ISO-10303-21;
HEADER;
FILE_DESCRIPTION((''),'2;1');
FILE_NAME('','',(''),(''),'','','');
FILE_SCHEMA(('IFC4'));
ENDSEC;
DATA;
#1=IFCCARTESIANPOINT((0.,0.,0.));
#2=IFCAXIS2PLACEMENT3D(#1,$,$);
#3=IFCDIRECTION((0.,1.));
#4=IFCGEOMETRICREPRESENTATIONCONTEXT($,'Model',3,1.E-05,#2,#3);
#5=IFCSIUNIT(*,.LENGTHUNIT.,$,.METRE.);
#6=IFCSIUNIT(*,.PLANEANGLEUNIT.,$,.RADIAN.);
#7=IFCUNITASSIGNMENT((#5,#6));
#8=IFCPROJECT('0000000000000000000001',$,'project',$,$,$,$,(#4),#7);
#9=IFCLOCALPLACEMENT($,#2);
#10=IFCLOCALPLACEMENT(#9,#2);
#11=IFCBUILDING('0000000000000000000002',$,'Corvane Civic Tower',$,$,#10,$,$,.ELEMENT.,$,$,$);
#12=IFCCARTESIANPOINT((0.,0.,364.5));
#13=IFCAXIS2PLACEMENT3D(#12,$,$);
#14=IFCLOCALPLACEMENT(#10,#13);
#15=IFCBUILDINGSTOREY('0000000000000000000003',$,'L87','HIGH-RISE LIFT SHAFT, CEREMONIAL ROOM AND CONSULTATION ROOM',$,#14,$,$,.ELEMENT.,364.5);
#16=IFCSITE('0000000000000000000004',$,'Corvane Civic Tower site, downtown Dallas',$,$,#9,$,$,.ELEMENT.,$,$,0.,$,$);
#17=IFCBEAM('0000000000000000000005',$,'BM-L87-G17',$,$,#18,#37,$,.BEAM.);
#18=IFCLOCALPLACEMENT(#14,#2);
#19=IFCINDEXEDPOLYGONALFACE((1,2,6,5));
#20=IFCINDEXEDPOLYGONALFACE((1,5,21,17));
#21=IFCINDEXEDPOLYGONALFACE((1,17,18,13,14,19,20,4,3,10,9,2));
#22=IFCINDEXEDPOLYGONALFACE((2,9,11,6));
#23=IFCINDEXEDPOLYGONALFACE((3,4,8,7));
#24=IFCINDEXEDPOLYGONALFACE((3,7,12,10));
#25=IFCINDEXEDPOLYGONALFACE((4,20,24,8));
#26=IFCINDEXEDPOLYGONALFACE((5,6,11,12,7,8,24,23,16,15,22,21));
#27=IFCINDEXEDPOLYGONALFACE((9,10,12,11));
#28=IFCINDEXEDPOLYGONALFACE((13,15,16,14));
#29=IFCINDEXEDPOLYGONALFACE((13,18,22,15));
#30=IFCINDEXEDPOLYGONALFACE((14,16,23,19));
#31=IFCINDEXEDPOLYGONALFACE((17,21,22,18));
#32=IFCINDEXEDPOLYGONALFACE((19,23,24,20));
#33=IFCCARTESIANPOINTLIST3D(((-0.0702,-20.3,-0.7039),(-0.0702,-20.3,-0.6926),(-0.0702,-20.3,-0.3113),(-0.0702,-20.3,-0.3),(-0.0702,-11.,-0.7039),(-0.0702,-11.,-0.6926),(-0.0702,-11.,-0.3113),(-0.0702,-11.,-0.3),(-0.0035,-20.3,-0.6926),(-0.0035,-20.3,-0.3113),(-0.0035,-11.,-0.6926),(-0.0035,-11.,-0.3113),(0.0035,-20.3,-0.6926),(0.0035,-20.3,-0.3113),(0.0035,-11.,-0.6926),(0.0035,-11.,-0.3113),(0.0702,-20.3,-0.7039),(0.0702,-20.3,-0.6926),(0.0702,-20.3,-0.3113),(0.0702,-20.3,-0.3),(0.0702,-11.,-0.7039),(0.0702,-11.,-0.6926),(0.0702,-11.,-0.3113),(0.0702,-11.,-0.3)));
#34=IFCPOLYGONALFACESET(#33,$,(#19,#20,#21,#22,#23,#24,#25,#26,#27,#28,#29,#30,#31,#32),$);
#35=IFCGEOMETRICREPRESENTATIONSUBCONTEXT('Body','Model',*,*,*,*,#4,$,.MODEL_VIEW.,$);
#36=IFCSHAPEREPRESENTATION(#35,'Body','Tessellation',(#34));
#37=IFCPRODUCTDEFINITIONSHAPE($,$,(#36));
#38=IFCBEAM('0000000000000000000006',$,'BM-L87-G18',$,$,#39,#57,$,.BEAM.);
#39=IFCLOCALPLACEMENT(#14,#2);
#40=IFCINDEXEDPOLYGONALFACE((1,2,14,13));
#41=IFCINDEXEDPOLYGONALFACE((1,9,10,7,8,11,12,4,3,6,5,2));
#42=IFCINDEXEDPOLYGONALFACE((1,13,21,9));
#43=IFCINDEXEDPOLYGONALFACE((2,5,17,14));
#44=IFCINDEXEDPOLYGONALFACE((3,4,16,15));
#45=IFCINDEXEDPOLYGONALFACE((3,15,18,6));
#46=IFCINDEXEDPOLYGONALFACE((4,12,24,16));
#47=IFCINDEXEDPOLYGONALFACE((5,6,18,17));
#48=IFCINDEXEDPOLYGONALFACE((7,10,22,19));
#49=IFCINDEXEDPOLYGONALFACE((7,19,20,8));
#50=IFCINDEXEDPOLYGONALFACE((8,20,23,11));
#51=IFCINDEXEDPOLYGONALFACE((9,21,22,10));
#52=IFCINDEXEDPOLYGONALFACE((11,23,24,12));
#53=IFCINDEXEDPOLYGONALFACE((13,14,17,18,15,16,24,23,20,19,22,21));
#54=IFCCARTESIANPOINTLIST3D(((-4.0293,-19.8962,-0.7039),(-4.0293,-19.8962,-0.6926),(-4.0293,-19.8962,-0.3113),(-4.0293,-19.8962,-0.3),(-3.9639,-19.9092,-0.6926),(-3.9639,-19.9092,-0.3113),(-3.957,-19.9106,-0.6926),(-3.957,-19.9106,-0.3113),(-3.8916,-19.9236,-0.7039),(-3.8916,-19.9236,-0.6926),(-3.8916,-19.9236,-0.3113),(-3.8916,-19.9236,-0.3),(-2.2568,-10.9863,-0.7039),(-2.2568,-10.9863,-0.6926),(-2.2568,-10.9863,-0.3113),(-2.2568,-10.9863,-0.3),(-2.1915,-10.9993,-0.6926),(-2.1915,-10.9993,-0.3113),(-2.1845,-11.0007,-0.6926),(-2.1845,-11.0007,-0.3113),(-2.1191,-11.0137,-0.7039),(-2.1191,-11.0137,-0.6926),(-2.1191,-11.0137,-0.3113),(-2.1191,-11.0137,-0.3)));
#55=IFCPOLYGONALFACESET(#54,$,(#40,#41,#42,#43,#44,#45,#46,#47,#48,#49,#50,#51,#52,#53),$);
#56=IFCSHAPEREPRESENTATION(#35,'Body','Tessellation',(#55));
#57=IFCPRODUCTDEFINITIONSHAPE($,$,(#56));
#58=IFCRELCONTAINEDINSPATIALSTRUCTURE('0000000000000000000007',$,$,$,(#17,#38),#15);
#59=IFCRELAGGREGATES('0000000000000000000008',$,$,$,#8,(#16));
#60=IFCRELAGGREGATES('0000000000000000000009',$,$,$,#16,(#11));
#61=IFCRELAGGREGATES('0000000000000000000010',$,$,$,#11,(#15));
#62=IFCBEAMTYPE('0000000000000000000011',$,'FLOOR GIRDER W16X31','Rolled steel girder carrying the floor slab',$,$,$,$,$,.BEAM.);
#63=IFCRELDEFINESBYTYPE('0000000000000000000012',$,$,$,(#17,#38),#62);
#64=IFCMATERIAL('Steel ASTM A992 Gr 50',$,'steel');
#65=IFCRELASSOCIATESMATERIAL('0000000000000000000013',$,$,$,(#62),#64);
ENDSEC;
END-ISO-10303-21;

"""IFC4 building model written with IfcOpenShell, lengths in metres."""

from ifc_helpers import new_model, si_unit, direction, frame, origin, origin_2d, place, context, subcontext, project, spatial, i_section, extrude, material, material_profile, profile_set, type_object, element, save


model = new_model("IFC4")

# Units and contexts
model_context = context("Model", 3, precision=1e-05, world=origin(), true_north=direction((0.0, 1.0)))
body_context = subcontext(model_context, "Body", "Model", "MODEL_VIEW")
ifc_project = project(units=[si_unit("LENGTHUNIT", "METRE"), si_unit("PLANEANGLEUNIT", "RADIAN")], contexts=[model_context])

# Site, building, storey
site_placement = place(None, origin())
site = spatial("IfcSite", under=ifc_project, at=site_placement, Name="Corvane Civic Tower site, downtown Dallas", CompositionType="ELEMENT", RefElevation=0.0)
building_placement = place(site_placement, origin())
building = spatial("IfcBuilding", under=site, at=building_placement, Name="Corvane Civic Tower", CompositionType="ELEMENT")
storey_placement = place(building_placement, frame((0.0, 0.0, 364.5)))
storey = spatial("IfcBuildingStorey", under=building, at=storey_placement, Name="L87", Description="HIGH-RISE LIFT SHAFT, CEREMONIAL ROOM AND CONSULTATION ROOM", CompositionType="ELEMENT", Elevation=364.5)

# Beams
ifc_material_1 = material(Name="Steel ASTM A992 Gr 50", Category="steel")
ifc_material_profile = material_profile(ifc_material_1, i_section(OverallWidth=0.1404, OverallDepth=0.4038, WebThickness=0.0071, FlangeThickness=0.0112, at=origin_2d()), Name="W16X31")
ifc_profile_set = profile_set([ifc_material_profile], Name="Steel ASTM A992 Gr 50")
beam_type = type_object("IfcBeamType", Name="FLOOR GIRDER W16X31", Description="Rolled steel girder carrying the floor slab", PredefinedType="BEAM", material=ifc_profile_set)
beam_1_placement = place(storey_placement, frame((0.0, -11.0, -0.502), z_axis=(0.0, -1.0, 0.0), x_axis=(1.0, 0.0, 0.0)))
element("IfcBeam", 1, at=beam_1_placement, inside=storey, type_object=beam_type, Name="BM-L87-G17", PredefinedType="BEAM", context=body_context, shape_type="SweptSolid", body=[
    extrude(i_section(OverallWidth=0.1404, OverallDepth=0.4038, WebThickness=0.0071, FlangeThickness=0.0112, at=origin_2d()), origin(), (0.0, 0.0, 1.0), 9.3),
])
beam_2_placement = place(storey_placement, frame((-2.188, -11.0, -0.502), z_axis=(-0.195108, -0.980782, 0.0), x_axis=(0.980782, -0.195108, 0.0)))
element("IfcBeam", 2, at=beam_2_placement, inside=storey, type_object=beam_type, Name="BM-L87-G18", PredefinedType="BEAM", context=body_context, shape_type="SweptSolid", body=[
    extrude(i_section(OverallWidth=0.1404, OverallDepth=0.4038, WebThickness=0.0071, FlangeThickness=0.0112, at=origin_2d()), origin(), (0.0, 0.0, 1.0), 9.0845),
])

save(model, "model.ifc")
